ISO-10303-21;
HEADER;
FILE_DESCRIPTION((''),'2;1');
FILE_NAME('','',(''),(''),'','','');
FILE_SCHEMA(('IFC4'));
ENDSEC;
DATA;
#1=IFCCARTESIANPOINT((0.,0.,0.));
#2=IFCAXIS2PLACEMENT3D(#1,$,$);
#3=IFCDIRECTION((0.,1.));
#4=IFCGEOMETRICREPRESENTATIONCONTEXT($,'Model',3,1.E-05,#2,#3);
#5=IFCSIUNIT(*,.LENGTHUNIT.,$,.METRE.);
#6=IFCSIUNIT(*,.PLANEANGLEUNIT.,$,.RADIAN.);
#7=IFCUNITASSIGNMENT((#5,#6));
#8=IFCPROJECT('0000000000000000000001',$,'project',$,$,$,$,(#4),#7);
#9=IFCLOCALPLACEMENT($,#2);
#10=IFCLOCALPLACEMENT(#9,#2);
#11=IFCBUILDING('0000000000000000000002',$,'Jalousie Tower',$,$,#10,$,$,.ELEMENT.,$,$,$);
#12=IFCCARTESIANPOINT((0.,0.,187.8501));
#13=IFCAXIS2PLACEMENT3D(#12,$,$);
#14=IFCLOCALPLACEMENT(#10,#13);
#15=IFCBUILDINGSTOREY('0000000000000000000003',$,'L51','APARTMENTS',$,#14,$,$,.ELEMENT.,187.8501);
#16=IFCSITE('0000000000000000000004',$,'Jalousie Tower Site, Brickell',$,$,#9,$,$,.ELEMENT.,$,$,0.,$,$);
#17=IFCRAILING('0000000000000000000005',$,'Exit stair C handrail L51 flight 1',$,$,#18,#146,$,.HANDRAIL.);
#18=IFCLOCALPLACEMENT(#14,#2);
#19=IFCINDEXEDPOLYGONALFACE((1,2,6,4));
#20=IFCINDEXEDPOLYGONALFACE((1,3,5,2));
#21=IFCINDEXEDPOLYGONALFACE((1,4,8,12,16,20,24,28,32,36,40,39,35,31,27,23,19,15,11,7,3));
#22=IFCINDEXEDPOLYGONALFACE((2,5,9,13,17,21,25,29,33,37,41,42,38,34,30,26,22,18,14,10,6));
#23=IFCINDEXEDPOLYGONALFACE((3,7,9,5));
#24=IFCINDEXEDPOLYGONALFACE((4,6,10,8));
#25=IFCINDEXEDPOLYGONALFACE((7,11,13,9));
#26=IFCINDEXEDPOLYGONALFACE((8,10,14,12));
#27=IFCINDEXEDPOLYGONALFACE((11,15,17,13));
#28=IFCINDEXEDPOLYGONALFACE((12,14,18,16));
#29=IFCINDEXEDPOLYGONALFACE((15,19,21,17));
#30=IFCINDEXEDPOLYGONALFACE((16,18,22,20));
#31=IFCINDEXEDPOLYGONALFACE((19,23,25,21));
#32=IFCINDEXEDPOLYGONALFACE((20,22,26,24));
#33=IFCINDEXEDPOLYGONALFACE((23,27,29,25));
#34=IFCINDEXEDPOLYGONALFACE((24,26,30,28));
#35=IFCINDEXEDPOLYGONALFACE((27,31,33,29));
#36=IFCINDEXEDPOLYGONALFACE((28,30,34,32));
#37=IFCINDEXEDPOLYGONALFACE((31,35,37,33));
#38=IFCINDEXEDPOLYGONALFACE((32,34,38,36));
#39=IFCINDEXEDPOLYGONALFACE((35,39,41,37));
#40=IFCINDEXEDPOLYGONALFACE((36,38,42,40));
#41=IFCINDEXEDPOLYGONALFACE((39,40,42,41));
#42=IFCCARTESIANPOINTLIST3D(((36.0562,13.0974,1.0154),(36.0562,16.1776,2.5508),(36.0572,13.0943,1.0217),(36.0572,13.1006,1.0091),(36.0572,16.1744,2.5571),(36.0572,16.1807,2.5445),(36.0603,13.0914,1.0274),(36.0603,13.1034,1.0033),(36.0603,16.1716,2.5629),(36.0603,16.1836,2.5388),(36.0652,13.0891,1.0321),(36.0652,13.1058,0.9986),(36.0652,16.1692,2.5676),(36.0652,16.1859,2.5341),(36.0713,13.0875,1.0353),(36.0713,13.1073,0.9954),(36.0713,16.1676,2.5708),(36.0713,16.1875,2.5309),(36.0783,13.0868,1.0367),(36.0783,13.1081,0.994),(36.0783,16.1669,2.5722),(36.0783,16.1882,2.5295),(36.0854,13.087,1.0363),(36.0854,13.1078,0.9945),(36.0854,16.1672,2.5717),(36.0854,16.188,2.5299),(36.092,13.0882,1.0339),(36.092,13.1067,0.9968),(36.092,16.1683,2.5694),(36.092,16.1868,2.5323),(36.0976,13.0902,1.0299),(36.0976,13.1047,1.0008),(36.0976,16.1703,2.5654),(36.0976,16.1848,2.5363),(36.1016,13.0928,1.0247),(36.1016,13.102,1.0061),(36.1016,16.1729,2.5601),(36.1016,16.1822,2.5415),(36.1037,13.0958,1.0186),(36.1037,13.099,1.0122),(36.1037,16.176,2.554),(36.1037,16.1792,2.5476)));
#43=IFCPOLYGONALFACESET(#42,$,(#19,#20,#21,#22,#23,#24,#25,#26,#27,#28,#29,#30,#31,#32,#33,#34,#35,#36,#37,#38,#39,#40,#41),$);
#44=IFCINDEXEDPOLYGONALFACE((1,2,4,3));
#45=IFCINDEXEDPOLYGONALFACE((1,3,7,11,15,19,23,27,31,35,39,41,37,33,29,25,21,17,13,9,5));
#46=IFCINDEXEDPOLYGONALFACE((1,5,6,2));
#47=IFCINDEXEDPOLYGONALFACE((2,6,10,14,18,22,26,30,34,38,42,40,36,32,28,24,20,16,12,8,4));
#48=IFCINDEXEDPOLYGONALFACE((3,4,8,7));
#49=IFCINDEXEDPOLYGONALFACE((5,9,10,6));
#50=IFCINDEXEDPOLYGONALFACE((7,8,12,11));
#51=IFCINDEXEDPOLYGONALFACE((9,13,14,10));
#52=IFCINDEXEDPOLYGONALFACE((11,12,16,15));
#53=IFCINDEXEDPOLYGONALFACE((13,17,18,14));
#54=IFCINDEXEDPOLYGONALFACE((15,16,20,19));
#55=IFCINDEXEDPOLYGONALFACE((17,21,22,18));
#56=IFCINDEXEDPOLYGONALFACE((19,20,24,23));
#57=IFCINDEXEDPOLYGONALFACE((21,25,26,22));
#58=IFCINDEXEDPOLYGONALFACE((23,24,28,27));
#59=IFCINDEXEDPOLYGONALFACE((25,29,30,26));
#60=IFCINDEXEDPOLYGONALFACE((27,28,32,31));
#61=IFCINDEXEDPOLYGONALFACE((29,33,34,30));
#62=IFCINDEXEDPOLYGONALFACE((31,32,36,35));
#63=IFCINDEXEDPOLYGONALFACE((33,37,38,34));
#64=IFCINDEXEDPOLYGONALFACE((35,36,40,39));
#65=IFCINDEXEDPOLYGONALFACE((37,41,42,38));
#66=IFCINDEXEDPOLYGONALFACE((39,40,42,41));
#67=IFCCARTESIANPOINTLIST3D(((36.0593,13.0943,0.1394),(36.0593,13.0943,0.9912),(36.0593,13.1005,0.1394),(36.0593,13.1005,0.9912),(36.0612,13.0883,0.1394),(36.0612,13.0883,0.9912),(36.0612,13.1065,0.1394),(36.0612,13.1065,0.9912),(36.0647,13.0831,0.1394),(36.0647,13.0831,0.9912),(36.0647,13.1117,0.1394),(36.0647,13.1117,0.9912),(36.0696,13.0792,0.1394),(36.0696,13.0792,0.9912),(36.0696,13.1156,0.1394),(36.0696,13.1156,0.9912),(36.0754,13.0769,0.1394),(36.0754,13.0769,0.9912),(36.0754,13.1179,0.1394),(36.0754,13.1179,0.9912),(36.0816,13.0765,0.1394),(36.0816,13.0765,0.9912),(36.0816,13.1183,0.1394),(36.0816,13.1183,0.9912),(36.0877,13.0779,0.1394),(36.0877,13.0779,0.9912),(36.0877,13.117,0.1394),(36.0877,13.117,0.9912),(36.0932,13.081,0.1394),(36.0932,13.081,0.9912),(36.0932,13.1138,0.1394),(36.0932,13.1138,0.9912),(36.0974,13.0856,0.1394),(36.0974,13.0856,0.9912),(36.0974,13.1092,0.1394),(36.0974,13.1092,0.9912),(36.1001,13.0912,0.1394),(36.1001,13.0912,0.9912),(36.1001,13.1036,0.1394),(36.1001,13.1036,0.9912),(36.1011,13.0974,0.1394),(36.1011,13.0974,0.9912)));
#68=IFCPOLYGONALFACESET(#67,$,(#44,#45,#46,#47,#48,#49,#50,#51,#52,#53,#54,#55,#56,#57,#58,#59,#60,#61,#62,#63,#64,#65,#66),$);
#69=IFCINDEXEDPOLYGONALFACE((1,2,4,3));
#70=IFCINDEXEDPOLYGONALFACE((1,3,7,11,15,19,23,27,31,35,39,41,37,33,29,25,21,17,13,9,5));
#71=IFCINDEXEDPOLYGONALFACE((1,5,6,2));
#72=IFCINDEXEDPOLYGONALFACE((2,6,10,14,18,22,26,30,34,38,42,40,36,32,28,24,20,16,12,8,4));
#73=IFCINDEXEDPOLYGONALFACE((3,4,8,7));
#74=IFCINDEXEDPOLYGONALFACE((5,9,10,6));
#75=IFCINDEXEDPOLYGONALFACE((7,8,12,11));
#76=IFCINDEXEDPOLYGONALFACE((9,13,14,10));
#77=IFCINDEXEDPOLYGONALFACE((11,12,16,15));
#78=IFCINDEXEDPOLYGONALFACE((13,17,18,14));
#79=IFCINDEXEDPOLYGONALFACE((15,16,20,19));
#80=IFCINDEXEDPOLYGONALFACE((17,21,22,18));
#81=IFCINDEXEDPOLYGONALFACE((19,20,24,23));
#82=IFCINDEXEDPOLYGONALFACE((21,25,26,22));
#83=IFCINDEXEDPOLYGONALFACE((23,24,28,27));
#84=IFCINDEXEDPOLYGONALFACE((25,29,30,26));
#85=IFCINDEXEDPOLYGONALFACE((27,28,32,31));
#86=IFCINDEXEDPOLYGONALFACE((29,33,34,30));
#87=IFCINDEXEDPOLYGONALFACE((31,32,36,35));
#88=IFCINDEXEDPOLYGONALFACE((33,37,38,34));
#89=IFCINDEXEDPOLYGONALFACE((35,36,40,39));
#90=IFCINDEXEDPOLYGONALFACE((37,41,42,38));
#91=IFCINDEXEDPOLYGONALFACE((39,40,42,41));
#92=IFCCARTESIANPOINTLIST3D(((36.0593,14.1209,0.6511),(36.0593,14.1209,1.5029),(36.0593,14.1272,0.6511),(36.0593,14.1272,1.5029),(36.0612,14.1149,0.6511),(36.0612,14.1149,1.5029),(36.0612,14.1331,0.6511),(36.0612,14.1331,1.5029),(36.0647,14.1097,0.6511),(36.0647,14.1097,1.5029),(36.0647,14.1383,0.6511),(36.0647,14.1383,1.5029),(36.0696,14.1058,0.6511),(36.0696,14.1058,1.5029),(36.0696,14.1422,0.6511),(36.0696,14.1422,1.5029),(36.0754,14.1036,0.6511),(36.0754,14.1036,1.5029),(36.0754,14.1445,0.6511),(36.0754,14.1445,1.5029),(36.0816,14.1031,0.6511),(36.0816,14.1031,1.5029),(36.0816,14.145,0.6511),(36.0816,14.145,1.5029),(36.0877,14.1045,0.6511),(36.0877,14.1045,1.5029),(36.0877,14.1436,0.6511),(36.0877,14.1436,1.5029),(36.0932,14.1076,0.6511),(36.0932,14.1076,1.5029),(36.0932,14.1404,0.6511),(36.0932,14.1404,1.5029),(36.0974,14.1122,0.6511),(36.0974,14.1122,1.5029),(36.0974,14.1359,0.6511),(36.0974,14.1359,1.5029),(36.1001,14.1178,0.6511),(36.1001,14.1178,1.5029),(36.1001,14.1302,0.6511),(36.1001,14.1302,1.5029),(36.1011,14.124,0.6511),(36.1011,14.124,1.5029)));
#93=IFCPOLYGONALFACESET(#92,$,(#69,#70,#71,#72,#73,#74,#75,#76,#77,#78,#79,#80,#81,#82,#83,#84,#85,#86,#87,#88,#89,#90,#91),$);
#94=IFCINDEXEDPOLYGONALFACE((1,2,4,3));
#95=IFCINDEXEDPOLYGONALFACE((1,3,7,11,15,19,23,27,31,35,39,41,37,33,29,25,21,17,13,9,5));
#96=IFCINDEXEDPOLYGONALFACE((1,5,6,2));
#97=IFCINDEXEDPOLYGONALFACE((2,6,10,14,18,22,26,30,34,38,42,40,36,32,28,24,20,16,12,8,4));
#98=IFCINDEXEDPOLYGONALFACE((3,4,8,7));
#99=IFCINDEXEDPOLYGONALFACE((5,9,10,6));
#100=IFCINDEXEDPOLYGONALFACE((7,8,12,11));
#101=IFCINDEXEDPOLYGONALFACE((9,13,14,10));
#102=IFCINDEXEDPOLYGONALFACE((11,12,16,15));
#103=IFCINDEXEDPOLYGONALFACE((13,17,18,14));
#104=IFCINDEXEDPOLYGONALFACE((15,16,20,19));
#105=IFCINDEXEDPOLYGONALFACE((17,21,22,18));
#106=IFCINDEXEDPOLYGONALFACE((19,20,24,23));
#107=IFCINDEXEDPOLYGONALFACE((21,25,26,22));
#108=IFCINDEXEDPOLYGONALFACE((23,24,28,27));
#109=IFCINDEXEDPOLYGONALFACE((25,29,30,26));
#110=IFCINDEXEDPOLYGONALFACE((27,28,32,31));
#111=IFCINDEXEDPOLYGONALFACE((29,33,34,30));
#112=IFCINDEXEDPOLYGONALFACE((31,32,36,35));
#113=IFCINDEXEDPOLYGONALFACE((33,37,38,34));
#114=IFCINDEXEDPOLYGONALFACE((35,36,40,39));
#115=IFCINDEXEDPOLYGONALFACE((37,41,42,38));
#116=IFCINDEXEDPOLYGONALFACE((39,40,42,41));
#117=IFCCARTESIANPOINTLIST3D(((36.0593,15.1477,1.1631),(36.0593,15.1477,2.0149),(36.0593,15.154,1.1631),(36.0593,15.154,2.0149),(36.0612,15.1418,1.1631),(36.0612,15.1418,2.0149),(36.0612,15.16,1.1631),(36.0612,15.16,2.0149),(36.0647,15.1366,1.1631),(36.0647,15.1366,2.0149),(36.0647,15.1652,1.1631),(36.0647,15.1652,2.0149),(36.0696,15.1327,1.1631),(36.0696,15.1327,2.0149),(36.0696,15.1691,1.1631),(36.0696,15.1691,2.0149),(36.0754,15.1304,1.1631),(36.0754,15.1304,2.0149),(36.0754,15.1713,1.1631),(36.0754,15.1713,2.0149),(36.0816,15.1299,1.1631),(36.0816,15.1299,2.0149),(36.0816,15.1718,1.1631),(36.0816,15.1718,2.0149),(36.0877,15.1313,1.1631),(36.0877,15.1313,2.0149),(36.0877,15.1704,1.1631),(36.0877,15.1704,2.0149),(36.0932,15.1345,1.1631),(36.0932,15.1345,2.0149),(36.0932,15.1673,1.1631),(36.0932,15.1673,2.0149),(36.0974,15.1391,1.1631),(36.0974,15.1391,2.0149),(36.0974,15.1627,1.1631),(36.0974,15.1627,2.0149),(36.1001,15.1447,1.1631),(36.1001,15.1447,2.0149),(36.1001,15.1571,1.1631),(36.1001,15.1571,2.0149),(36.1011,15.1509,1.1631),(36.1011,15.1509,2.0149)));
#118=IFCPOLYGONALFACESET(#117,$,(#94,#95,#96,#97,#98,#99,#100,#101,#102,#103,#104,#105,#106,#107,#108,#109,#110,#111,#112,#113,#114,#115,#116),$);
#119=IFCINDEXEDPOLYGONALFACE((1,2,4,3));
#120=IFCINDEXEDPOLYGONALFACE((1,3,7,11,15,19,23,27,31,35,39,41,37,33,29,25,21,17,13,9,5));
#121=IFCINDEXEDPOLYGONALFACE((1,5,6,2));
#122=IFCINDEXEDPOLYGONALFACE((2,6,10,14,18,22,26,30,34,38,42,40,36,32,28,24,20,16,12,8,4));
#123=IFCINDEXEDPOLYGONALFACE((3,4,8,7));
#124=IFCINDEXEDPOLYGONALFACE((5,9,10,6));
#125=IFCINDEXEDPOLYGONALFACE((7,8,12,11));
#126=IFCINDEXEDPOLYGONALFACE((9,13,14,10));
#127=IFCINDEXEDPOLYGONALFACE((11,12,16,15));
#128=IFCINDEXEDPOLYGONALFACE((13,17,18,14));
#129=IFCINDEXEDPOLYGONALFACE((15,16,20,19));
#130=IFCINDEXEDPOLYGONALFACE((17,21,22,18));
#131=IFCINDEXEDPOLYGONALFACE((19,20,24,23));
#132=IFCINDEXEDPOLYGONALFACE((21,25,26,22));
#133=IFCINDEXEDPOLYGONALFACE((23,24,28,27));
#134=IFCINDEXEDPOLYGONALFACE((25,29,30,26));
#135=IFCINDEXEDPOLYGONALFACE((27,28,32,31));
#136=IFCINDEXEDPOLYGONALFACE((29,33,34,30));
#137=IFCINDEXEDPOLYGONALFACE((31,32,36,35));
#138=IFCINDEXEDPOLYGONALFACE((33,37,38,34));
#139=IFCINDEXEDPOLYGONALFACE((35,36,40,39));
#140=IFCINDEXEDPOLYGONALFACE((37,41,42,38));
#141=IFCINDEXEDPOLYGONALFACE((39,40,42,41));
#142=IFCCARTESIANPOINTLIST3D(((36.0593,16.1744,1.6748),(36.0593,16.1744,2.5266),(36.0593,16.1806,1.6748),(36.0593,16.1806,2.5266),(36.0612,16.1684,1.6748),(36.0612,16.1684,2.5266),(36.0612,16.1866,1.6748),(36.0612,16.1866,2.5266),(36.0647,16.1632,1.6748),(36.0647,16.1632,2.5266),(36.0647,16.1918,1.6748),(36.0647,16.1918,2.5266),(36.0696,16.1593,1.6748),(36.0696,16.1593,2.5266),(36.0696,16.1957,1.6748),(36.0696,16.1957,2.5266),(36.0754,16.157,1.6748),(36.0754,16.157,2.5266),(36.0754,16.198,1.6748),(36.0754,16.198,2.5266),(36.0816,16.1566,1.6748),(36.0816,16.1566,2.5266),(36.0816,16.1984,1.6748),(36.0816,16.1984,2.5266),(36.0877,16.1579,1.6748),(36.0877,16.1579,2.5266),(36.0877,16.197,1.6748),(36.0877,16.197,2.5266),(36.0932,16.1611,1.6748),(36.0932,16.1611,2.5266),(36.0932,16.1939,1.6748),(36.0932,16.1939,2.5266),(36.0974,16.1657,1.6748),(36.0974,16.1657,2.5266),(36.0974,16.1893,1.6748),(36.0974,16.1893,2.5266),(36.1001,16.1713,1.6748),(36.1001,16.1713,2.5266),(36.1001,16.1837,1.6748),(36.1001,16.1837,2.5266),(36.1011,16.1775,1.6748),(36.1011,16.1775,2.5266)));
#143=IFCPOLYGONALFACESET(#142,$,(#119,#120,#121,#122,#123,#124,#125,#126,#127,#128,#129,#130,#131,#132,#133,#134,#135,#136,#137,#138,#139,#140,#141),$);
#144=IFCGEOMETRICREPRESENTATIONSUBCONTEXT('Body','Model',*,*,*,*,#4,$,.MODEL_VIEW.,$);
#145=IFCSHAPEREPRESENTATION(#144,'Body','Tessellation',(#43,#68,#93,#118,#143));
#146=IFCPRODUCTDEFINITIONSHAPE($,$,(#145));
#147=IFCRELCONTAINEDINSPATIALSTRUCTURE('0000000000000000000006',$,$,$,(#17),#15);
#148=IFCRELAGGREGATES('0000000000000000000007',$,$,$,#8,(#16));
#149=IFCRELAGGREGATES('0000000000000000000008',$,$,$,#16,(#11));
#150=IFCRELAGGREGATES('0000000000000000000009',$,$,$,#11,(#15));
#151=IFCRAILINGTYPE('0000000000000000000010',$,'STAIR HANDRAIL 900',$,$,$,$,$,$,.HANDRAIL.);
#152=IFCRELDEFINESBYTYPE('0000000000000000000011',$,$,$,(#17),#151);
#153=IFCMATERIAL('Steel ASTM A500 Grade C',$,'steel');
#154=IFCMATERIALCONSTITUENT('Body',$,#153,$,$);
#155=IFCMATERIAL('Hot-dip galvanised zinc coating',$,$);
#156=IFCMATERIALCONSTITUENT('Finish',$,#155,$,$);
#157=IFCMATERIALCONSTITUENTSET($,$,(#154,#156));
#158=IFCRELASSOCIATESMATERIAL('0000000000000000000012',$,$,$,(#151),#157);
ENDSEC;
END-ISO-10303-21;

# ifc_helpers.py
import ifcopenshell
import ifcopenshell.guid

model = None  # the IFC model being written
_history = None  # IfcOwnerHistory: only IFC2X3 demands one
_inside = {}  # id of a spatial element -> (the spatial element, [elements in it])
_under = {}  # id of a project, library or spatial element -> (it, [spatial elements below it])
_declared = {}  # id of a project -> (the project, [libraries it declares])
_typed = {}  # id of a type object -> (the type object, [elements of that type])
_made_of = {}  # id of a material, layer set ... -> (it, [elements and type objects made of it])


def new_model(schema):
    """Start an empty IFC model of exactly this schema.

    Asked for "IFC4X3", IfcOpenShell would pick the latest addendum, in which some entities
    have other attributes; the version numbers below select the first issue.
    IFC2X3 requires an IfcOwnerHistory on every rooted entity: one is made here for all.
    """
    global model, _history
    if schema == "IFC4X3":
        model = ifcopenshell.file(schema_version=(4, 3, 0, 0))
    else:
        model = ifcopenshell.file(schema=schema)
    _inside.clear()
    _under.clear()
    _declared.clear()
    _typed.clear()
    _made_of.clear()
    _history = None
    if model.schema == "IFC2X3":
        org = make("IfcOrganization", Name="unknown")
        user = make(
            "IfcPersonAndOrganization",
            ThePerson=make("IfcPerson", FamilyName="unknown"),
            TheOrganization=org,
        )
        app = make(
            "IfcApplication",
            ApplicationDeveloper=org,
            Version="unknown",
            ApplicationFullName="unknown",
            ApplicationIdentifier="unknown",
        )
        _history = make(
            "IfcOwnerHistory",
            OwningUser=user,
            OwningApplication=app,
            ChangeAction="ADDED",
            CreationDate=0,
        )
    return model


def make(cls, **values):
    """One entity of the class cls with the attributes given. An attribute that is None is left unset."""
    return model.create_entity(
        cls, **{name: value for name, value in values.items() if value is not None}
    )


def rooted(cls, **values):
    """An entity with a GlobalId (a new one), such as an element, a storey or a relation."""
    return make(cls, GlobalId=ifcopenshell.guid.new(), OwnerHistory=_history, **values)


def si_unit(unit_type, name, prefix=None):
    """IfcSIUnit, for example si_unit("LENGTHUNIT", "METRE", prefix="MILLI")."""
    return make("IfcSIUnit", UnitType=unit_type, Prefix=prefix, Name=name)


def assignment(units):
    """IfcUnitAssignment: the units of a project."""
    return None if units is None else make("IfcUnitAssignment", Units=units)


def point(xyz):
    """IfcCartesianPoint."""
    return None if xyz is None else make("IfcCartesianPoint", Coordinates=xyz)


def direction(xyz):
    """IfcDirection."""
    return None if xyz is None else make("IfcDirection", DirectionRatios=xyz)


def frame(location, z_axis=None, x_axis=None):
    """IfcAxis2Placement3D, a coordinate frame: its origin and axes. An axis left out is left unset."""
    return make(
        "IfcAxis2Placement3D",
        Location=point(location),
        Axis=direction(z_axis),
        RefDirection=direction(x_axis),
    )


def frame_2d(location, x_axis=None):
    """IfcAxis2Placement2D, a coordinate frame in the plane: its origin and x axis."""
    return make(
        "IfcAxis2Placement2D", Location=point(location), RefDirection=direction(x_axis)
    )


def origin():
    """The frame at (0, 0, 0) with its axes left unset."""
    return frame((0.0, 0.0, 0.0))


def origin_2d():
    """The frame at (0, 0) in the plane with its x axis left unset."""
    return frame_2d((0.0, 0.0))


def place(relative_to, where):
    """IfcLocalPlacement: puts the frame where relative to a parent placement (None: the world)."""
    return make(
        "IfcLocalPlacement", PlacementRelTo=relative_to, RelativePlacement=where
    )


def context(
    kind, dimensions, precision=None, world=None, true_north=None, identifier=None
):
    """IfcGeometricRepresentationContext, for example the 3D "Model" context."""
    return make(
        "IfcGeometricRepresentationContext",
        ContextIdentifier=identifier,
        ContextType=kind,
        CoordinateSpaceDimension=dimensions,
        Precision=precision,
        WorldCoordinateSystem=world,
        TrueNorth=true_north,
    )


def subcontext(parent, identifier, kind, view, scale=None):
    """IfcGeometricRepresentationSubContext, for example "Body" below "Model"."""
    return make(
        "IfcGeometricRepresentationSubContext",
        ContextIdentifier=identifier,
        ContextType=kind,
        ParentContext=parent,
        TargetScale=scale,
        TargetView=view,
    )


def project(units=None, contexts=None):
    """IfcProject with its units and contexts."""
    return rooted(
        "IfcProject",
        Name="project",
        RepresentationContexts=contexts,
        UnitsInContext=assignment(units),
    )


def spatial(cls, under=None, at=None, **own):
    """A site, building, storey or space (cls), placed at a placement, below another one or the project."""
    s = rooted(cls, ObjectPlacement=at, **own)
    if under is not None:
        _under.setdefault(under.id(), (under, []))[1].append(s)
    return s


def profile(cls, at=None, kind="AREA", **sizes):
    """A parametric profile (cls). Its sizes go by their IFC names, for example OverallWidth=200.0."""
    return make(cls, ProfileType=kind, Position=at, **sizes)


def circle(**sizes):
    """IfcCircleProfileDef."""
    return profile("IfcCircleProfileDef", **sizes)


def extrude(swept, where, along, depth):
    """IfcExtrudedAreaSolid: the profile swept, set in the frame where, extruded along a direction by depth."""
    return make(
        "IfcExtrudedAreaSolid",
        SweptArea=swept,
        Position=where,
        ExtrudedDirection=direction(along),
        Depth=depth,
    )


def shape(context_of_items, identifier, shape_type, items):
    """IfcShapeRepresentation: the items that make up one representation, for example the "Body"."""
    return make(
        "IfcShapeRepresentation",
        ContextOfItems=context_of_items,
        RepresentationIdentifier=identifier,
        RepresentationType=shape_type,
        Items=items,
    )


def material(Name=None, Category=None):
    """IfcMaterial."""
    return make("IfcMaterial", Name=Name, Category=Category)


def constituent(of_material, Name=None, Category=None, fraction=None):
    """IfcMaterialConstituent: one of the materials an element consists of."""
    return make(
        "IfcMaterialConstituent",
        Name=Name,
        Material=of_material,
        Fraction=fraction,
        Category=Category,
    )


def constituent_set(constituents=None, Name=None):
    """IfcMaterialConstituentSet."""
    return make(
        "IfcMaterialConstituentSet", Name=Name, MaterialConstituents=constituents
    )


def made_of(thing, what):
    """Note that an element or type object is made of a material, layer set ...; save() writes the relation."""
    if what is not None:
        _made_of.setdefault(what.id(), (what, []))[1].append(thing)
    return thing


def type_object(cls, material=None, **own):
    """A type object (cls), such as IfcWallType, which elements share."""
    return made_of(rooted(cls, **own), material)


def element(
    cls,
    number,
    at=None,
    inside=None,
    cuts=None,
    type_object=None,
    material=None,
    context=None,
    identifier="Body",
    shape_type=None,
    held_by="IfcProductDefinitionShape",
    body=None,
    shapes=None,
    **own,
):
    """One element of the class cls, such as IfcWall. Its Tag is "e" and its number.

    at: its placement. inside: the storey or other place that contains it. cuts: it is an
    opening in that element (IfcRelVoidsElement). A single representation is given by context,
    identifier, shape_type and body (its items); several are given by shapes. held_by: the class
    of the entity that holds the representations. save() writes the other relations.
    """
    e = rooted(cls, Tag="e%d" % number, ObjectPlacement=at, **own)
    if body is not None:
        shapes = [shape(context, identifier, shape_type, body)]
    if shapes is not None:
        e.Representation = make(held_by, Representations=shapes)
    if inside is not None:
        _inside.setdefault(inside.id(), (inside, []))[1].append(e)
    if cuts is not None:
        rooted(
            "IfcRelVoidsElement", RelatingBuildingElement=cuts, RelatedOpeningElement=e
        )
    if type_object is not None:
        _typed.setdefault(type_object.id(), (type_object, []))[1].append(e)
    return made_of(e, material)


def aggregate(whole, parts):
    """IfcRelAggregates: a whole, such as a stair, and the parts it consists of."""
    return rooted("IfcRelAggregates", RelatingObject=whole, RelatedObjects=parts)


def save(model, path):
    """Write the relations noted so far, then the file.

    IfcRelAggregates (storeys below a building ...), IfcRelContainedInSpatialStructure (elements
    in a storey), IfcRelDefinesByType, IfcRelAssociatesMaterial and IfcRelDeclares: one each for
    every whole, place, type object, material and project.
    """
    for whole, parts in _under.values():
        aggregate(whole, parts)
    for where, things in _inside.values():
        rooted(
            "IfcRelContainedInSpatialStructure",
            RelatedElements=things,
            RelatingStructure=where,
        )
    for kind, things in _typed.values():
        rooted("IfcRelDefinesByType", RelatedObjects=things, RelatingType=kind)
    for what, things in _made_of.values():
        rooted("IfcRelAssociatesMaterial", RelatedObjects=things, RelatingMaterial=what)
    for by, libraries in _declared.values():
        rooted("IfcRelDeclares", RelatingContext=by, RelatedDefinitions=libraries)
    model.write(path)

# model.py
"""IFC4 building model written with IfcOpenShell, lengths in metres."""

from ifc_helpers import new_model, si_unit, direction, frame, origin, origin_2d, place, context, subcontext, project, spatial, circle, extrude, material, constituent, constituent_set, type_object, element, save


model = new_model("IFC4")

# Units and contexts
model_context = context("Model", 3, precision=1e-05, world=origin(), true_north=direction((0.0, 1.0)))
body_context = subcontext(model_context, "Body", "Model", "MODEL_VIEW")
ifc_project = project(units=[si_unit("LENGTHUNIT", "METRE"), si_unit("PLANEANGLEUNIT", "RADIAN")], contexts=[model_context])

# Site, building, storey
site_placement = place(None, origin())
site = spatial("IfcSite", under=ifc_project, at=site_placement, Name="Jalousie Tower Site, Brickell", CompositionType="ELEMENT", RefElevation=0.0)
building_placement = place(site_placement, origin())
building = spatial("IfcBuilding", under=site, at=building_placement, Name="Jalousie Tower", CompositionType="ELEMENT")
storey_placement = place(building_placement, frame((0.0, 0.0, 187.8501)))
storey = spatial("IfcBuildingStorey", under=building, at=storey_placement, Name="L51", Description="APARTMENTS", CompositionType="ELEMENT", Elevation=187.8501)

# Railing
ifc_material_1 = material(Name="Steel ASTM A500 Grade C", Category="steel")
ifc_constituent_1 = constituent(ifc_material_1, Name="Body")
ifc_material_2 = material(Name="Hot-dip galvanised zinc coating")
ifc_constituent_2 = constituent(ifc_material_2, Name="Finish")
ifc_constituent_set_1 = constituent_set(constituents=[ifc_constituent_1, ifc_constituent_2])
railing_type_1 = type_object("IfcRailingType", Name="STAIR HANDRAIL 900", PredefinedType="HANDRAIL", material=ifc_constituent_set_1)
railing_1_placement = place(storey_placement, frame((36.0801, 13.0974, 0.1394)))
element("IfcRailing", 1, at=railing_1_placement, inside=storey, type_object=railing_type_1, Name="Exit stair C handrail L51 flight 1", PredefinedType="HANDRAIL", context=body_context, shape_type="SweptSolid", body=[
    extrude(circle(Radius=0.0239, at=origin_2d()), frame((0.0, 0.0, 0.876), z_axis=(0.0, 0.894966, 0.446135), x_axis=(-1.0, 0.0, 0.0)), (0.0, 0.0, 1.0), 3.4417),
    extrude(circle(Radius=0.021, at=origin_2d()), origin(), (0.0, 0.0, 1.0), 0.8518),
    extrude(circle(Radius=0.021, at=origin_2d()), frame((0.0, 1.0266, 0.5117)), (0.0, 0.0, 1.0), 0.8518),
    extrude(circle(Radius=0.021, at=origin_2d()), frame((0.0, 2.0535, 1.0237)), (0.0, 0.0, 1.0), 0.8518),
    extrude(circle(Radius=0.021, at=origin_2d()), frame((0.0, 3.0801, 1.5354)), (0.0, 0.0, 1.0), 0.8518),
])

save(model, "model.ifc")
